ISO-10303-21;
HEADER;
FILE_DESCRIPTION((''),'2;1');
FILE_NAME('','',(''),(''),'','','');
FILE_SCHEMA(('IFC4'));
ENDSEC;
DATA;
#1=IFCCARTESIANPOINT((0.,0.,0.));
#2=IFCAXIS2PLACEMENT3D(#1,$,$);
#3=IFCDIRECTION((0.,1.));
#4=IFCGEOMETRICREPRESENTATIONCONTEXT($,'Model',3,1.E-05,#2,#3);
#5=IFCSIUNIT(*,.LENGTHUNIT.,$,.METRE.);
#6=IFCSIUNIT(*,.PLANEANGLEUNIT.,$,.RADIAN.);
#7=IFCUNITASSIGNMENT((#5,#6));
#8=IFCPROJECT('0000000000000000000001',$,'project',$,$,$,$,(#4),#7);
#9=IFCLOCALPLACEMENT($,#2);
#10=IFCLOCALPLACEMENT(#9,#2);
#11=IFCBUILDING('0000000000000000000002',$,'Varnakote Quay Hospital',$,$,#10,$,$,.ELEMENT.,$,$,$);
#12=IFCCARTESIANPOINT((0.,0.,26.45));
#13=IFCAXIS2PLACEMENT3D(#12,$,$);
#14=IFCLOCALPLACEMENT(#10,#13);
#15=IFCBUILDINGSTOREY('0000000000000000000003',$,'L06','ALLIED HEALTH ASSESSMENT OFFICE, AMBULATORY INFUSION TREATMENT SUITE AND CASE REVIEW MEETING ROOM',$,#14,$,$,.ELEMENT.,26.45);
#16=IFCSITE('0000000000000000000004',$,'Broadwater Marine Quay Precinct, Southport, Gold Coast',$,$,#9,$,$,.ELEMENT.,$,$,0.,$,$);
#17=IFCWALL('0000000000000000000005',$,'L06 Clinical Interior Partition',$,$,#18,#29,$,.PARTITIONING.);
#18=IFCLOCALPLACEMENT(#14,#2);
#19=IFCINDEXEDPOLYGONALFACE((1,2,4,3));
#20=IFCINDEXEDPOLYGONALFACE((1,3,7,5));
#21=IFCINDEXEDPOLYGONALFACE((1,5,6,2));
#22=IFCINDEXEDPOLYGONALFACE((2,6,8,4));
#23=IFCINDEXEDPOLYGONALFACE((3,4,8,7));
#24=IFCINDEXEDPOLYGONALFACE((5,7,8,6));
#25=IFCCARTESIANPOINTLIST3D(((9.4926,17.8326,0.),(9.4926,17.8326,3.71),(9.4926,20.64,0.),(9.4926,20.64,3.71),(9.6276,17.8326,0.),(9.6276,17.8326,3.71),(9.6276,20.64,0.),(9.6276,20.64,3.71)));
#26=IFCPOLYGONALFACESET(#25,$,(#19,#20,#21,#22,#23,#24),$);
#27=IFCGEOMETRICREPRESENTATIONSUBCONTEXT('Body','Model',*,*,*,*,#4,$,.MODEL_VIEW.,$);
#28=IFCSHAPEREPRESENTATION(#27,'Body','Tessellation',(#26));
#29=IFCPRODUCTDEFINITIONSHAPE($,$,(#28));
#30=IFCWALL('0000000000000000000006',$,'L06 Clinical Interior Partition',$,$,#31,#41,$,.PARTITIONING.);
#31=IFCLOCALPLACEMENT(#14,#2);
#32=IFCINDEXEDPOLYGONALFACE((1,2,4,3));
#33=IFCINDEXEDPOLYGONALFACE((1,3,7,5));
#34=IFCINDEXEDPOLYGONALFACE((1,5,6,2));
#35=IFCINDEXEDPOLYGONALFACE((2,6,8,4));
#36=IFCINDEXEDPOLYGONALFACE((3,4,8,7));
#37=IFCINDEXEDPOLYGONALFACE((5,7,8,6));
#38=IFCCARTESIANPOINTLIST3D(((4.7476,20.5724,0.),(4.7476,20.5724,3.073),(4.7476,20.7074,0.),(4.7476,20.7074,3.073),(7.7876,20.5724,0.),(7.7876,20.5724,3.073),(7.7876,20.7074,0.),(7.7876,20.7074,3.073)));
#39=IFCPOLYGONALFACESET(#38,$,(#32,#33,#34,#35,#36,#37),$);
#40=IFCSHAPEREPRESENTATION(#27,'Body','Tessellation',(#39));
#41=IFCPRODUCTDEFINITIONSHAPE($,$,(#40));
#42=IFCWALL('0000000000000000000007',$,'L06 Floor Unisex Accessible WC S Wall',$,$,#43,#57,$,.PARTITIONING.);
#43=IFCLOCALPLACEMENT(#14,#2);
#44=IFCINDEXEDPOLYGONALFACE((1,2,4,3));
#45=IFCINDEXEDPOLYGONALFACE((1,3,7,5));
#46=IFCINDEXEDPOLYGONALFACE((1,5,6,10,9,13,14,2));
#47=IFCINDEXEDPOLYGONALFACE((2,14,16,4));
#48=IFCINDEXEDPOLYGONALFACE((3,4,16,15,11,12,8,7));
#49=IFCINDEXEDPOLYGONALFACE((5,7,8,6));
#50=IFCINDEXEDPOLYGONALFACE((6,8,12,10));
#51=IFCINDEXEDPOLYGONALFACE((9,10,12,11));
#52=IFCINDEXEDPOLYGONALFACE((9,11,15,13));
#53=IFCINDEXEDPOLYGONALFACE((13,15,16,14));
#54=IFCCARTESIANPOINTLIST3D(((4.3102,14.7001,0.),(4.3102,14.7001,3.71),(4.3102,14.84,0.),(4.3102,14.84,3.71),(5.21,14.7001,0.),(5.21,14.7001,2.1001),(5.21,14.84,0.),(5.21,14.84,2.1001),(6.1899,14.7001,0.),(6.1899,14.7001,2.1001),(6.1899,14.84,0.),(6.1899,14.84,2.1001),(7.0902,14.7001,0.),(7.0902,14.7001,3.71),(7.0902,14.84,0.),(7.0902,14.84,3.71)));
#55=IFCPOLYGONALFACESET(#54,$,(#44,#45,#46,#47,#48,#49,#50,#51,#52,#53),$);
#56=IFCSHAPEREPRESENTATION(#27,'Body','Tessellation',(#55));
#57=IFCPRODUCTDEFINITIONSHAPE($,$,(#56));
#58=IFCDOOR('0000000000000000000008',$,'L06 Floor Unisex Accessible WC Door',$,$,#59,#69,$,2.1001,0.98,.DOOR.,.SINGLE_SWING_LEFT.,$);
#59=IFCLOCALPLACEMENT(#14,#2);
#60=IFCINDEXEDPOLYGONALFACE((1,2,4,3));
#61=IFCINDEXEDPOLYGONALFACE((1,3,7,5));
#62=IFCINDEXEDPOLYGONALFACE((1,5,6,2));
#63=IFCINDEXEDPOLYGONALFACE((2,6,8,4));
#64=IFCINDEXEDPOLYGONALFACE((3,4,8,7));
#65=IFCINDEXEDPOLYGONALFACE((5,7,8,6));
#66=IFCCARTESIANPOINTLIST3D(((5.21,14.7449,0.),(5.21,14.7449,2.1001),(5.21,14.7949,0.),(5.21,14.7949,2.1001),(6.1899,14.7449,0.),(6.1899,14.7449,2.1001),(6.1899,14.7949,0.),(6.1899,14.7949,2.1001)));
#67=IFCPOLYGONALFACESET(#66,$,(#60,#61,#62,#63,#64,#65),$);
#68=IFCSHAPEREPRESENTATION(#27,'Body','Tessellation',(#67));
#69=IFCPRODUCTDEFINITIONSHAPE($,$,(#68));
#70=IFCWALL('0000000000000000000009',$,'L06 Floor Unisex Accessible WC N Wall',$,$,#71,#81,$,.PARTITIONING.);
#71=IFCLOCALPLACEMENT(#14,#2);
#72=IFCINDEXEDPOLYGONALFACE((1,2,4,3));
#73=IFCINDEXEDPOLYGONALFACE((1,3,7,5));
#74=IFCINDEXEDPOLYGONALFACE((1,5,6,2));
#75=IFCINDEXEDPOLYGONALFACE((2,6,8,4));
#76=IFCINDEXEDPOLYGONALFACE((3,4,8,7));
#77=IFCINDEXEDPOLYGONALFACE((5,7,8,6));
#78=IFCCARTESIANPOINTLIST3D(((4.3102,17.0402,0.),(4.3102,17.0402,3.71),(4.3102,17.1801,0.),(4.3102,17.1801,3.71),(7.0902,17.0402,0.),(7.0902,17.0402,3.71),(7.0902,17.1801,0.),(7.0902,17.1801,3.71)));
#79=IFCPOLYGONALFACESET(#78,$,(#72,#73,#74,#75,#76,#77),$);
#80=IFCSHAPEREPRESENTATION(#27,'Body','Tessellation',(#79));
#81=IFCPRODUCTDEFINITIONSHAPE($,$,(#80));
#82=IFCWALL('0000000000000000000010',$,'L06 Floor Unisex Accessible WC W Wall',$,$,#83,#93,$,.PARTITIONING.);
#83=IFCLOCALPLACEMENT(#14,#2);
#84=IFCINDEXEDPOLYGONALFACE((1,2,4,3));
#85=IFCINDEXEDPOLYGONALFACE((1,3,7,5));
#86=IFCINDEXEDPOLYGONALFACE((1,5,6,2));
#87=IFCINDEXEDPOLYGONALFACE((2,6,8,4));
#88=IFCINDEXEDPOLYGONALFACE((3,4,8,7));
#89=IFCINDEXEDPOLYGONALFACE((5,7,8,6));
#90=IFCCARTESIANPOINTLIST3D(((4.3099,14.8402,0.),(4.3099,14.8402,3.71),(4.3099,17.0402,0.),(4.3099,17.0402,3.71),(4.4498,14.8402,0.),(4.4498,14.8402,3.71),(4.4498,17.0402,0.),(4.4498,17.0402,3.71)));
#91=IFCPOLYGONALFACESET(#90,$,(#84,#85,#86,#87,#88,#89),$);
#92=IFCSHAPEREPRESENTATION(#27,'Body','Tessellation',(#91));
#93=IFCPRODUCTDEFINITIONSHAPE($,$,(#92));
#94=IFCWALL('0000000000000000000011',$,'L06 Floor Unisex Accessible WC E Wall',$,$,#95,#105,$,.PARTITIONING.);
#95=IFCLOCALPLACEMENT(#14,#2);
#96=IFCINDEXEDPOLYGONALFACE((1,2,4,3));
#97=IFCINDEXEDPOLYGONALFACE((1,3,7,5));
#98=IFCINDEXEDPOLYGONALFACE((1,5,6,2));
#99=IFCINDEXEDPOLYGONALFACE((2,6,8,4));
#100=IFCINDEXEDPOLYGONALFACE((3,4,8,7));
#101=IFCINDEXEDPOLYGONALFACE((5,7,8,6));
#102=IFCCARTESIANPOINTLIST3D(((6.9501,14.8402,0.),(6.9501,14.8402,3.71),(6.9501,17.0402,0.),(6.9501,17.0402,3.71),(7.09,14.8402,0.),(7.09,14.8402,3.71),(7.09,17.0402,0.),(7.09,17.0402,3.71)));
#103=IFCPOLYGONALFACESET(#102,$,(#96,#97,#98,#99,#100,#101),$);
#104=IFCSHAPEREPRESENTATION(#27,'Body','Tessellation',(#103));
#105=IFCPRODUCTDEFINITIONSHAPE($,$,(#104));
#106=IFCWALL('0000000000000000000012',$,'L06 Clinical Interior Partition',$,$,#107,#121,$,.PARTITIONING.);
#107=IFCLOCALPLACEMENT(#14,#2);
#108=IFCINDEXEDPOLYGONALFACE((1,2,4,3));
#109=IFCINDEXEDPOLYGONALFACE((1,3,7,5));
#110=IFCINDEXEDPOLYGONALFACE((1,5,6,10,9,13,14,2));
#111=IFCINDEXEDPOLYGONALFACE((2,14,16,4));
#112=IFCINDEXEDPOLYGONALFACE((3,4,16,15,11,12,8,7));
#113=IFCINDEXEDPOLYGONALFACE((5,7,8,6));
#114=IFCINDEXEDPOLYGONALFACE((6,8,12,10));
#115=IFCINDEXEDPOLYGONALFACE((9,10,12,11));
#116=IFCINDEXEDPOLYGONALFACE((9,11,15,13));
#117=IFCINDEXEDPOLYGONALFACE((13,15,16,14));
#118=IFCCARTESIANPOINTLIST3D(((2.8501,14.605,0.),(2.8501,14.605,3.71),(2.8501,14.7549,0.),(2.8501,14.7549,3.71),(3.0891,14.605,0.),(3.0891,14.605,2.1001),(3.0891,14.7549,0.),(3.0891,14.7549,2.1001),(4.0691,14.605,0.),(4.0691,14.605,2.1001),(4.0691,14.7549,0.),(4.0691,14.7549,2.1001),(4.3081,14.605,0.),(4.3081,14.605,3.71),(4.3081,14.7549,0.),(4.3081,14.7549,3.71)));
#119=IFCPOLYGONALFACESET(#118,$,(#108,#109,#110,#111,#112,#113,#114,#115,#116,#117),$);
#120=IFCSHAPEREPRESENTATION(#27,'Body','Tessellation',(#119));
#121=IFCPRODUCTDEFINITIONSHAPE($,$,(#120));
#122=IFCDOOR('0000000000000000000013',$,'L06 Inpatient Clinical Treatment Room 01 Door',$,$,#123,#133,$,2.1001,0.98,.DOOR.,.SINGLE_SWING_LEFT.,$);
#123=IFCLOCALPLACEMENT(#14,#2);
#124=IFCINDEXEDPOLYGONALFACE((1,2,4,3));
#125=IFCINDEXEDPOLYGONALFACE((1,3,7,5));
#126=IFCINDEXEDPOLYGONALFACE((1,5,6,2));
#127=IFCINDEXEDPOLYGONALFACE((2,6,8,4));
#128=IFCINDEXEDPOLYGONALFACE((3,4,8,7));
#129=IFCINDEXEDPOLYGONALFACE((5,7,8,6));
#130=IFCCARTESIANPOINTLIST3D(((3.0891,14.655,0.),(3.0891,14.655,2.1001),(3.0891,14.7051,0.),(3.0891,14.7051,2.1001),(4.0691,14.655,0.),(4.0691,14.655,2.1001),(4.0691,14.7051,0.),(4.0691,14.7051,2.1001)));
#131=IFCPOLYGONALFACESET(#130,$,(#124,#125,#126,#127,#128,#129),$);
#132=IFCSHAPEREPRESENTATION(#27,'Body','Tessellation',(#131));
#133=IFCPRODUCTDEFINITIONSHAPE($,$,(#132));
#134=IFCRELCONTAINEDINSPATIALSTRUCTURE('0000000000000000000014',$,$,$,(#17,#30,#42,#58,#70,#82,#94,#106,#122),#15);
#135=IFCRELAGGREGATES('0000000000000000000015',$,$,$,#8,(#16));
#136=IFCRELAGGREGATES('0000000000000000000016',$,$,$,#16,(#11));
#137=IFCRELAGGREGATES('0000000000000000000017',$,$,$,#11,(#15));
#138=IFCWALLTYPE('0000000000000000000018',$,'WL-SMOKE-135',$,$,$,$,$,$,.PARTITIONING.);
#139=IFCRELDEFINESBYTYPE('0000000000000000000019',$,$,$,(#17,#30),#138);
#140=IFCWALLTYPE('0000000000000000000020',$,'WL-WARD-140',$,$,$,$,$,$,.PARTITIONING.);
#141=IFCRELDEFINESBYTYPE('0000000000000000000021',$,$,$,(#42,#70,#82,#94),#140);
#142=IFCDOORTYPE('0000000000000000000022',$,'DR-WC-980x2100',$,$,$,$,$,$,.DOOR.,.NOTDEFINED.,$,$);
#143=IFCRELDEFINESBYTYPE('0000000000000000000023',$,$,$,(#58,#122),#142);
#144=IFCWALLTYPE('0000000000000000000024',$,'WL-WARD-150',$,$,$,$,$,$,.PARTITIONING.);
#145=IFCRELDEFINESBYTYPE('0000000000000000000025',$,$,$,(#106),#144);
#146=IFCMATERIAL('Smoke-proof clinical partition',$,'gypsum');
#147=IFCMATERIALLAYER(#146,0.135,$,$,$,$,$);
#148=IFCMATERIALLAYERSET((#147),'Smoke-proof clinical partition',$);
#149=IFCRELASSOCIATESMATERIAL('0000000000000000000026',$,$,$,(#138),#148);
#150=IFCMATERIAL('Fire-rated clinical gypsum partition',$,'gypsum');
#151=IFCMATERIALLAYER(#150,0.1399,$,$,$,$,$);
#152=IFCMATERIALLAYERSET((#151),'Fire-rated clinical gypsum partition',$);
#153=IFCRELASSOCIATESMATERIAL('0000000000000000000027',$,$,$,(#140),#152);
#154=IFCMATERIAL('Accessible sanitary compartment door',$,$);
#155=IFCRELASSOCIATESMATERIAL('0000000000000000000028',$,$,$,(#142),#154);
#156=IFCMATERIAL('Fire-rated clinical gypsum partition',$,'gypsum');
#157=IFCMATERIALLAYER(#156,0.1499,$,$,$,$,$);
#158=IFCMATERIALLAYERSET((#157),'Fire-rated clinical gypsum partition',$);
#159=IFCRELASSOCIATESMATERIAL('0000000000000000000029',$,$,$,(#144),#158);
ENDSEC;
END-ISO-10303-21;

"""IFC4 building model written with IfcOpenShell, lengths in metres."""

from ifc_helpers import new_model, si_unit, direction, frame, frame_2d, origin, place, context, subcontext, project, spatial, rectangle, extrude, material, layer, layer_set, type_object, element, fill, save


model = new_model("IFC4")

# Units and contexts
model_context = context("Model", 3, precision=1e-05, world=origin(), true_north=direction((0.0, 1.0)))
body_context = subcontext(model_context, "Body", "Model", "MODEL_VIEW")
ifc_project = project(units=[si_unit("LENGTHUNIT", "METRE"), si_unit("PLANEANGLEUNIT", "RADIAN")], contexts=[model_context])

# Site, building, storey
site_placement = place(None, origin())
site = spatial("IfcSite", under=ifc_project, at=site_placement, Name="Broadwater Marine Quay Precinct, Southport, Gold Coast", CompositionType="ELEMENT", RefElevation=0.0)
building_placement = place(site_placement, origin())
building = spatial("IfcBuilding", under=site, at=building_placement, Name="Varnakote Quay Hospital", CompositionType="ELEMENT")
storey_placement = place(building_placement, frame((0.0, 0.0, 26.45)))
storey = spatial("IfcBuildingStorey", under=building, at=storey_placement, Name="L06", Description="ALLIED HEALTH ASSESSMENT OFFICE, AMBULATORY INFUSION TREATMENT SUITE AND CASE REVIEW MEETING ROOM", CompositionType="ELEMENT", Elevation=26.45)

# Shared definitions
ifc_material_1 = material(Name="Smoke-proof clinical partition", Category="gypsum")
ifc_layer_1 = layer(ifc_material_1, 0.135)
ifc_layer_set_1 = layer_set([ifc_layer_1], Name="Smoke-proof clinical partition")
wall_type_1 = type_object("IfcWallType", Name="WL-SMOKE-135", PredefinedType="PARTITIONING", material=ifc_layer_set_1)

# Walls
wall_1_placement = place(storey_placement, frame((9.5601, 17.8325, 0.0), z_axis=(0.0, 0.0, 1.0), x_axis=(0.0, 1.0, 0.0)))
element("IfcWall", 1, at=wall_1_placement, inside=storey, type_object=wall_type_1, Name="L06 Clinical Interior Partition", PredefinedType="PARTITIONING", context=body_context, shape_type="SweptSolid", body=[
    extrude(rectangle(XDim=2.8074, YDim=0.135, at=frame_2d((1.4038, 0.0))), origin(), (0.0, 0.0, 1.0), 3.71),
])
wall_2_placement = place(storey_placement, frame((7.7876, 20.6399, 0.0), z_axis=(0.0, 0.0, 1.0), x_axis=(-1.0, 0.0, 0.0)))
element("IfcWall", 2, at=wall_2_placement, inside=storey, type_object=wall_type_1, Name="L06 Clinical Interior Partition", PredefinedType="PARTITIONING", context=body_context, shape_type="SweptSolid", body=[
    extrude(rectangle(XDim=3.04, YDim=0.135, at=frame_2d((1.52, 0.0))), origin(), (0.0, 0.0, 1.0), 3.073),
])

# Wall, opening, door
ifc_material_2 = material(Name="Fire-rated clinical gypsum partition", Category="gypsum")
ifc_layer_2 = layer(ifc_material_2, 0.1399)
ifc_layer_set_2 = layer_set([ifc_layer_2], Name="Fire-rated clinical gypsum partition")
wall_type_2 = type_object("IfcWallType", Name="WL-WARD-140", PredefinedType="PARTITIONING", material=ifc_layer_set_2)
wall_3_placement = place(storey_placement, frame((4.3101, 14.77, 0.0), z_axis=(0.0, 0.0, 1.0), x_axis=(1.0, 0.0, 0.0)))
wall_3 = element("IfcWall", 3, at=wall_3_placement, inside=storey, type_object=wall_type_2, Name="L06 Floor Unisex Accessible WC S Wall", PredefinedType="PARTITIONING", context=body_context, shape_type="SweptSolid", body=[
    extrude(rectangle(XDim=2.78, YDim=0.1399, at=frame_2d((1.3901, 0.0))), origin(), (0.0, 0.0, 1.0), 3.71),
])
opening_1_placement = place(wall_3_placement, frame((0.8999, 0.0, 0.0)))
opening_1 = element("IfcOpeningElement", 4, at=opening_1_placement, cuts=wall_3, PredefinedType="OPENING", context=body_context, shape_type="SweptSolid", body=[
    extrude(rectangle(XDim=0.98, YDim=2.1001, at=frame_2d((0.49, 1.05))), frame((0.0, 0.0798, 0.0), z_axis=(0.0, -1.0, 0.0), x_axis=(1.0, 0.0, 0.0)), (0.0, 0.0, 1.0), 0.1599),
])
ifc_material_3 = material(Name="Accessible sanitary compartment door")
door_type_1 = type_object("IfcDoorType", Name="DR-WC-980x2100", OperationType="NOTDEFINED", PredefinedType="DOOR", material=ifc_material_3)
door_1_placement = place(opening_1_placement, origin())
door_1 = element("IfcDoor", 5, at=door_1_placement, inside=storey, type_object=door_type_1, Name="L06 Floor Unisex Accessible WC Door", OperationType="SINGLE_SWING_LEFT", OverallHeight=2.1001, OverallWidth=0.98, PredefinedType="DOOR", context=body_context, shape_type="SweptSolid", body=[
    extrude(rectangle(XDim=0.98, YDim=2.1001, at=frame_2d((0.49, 1.05))), frame((0.0, 0.0249, 0.0), z_axis=(0.0, -1.0, 0.0), x_axis=(1.0, 0.0, 0.0)), (0.0, 0.0, 1.0), 0.05),
])
fill(opening_1, door_1)

# Walls
wall_4_placement = place(storey_placement, frame((4.3101, 17.1101, 0.0), z_axis=(0.0, 0.0, 1.0), x_axis=(1.0, 0.0, 0.0)))
element("IfcWall", 6, at=wall_4_placement, inside=storey, type_object=wall_type_2, Name="L06 Floor Unisex Accessible WC N Wall", PredefinedType="PARTITIONING", context=body_context, shape_type="SweptSolid", body=[
    extrude(rectangle(XDim=2.78, YDim=0.1399, at=frame_2d((1.3901, 0.0))), origin(), (0.0, 0.0, 1.0), 3.71),
])
for number, where, z_axis, x_axis, name in (
    (7, (4.3799, 14.8401, 0.0), (0.0, 0.0, 1.0), (0.0, 1.0, 0.0), "L06 Floor Unisex Accessible WC W Wall"),
    (8, (7.02, 14.8401, 0.0), (0.0, 0.0, 1.0), (0.0, 1.0, 0.0), "L06 Floor Unisex Accessible WC E Wall"),
):
    element("IfcWall", number, at=place(storey_placement, frame(where, z_axis=z_axis, x_axis=x_axis)), inside=storey, type_object=wall_type_2, Name=name, PredefinedType="PARTITIONING", context=body_context, shape_type="SweptSolid", body=[
        extrude(rectangle(XDim=2.2, YDim=0.1399, at=frame_2d((1.1001, 0.0))), origin(), (0.0, 0.0, 1.0), 3.71),
    ])

# Wall, opening, door
ifc_material_4 = material(Name="Fire-rated clinical gypsum partition", Category="gypsum")
ifc_layer_3 = layer(ifc_material_4, 0.1499)
ifc_layer_set_3 = layer_set([ifc_layer_3], Name="Fire-rated clinical gypsum partition")
wall_type_3 = type_object("IfcWallType", Name="WL-WARD-150", PredefinedType="PARTITIONING", material=ifc_layer_set_3)
wall_5_placement = place(storey_placement, frame((4.3081, 14.6799, 0.0), z_axis=(0.0, 0.0, 1.0), x_axis=(-1.0, 0.0, 0.0)))
wall_5 = element("IfcWall", 9, at=wall_5_placement, inside=storey, type_object=wall_type_3, Name="L06 Clinical Interior Partition", PredefinedType="PARTITIONING", context=body_context, shape_type="SweptSolid", body=[
    extrude(rectangle(XDim=1.458, YDim=0.1499, at=frame_2d((0.729, 0.0))), origin(), (0.0, 0.0, 1.0), 3.71),
])
opening_2_placement = place(wall_5_placement, frame((0.239, 0.0, 0.0)))
opening_2 = element("IfcOpeningElement", 10, at=opening_2_placement, cuts=wall_5, PredefinedType="OPENING", context=body_context, shape_type="SweptSolid", body=[
    extrude(rectangle(XDim=0.98, YDim=2.1001, at=frame_2d((0.49, 1.05))), frame((0.0, 0.085, 0.0), z_axis=(0.0, -1.0, 0.0), x_axis=(1.0, 0.0, 0.0)), (0.0, 0.0, 1.0), 0.1699),
])
door_2_placement = place(opening_2_placement, origin())
door_2 = element("IfcDoor", 11, at=door_2_placement, inside=storey, type_object=door_type_1, Name="L06 Inpatient Clinical Treatment Room 01 Door", OperationType="SINGLE_SWING_LEFT", OverallHeight=2.1001, OverallWidth=0.98, PredefinedType="DOOR", context=body_context, shape_type="SweptSolid", body=[
    extrude(rectangle(XDim=0.98, YDim=2.1001, at=frame_2d((0.49, 1.05))), frame((0.0, 0.0249, 0.0), z_axis=(0.0, -1.0, 0.0), x_axis=(1.0, 0.0, 0.0)), (0.0, 0.0, 1.0), 0.05),
])
fill(opening_2, door_2)

save(model, "model.ifc")
